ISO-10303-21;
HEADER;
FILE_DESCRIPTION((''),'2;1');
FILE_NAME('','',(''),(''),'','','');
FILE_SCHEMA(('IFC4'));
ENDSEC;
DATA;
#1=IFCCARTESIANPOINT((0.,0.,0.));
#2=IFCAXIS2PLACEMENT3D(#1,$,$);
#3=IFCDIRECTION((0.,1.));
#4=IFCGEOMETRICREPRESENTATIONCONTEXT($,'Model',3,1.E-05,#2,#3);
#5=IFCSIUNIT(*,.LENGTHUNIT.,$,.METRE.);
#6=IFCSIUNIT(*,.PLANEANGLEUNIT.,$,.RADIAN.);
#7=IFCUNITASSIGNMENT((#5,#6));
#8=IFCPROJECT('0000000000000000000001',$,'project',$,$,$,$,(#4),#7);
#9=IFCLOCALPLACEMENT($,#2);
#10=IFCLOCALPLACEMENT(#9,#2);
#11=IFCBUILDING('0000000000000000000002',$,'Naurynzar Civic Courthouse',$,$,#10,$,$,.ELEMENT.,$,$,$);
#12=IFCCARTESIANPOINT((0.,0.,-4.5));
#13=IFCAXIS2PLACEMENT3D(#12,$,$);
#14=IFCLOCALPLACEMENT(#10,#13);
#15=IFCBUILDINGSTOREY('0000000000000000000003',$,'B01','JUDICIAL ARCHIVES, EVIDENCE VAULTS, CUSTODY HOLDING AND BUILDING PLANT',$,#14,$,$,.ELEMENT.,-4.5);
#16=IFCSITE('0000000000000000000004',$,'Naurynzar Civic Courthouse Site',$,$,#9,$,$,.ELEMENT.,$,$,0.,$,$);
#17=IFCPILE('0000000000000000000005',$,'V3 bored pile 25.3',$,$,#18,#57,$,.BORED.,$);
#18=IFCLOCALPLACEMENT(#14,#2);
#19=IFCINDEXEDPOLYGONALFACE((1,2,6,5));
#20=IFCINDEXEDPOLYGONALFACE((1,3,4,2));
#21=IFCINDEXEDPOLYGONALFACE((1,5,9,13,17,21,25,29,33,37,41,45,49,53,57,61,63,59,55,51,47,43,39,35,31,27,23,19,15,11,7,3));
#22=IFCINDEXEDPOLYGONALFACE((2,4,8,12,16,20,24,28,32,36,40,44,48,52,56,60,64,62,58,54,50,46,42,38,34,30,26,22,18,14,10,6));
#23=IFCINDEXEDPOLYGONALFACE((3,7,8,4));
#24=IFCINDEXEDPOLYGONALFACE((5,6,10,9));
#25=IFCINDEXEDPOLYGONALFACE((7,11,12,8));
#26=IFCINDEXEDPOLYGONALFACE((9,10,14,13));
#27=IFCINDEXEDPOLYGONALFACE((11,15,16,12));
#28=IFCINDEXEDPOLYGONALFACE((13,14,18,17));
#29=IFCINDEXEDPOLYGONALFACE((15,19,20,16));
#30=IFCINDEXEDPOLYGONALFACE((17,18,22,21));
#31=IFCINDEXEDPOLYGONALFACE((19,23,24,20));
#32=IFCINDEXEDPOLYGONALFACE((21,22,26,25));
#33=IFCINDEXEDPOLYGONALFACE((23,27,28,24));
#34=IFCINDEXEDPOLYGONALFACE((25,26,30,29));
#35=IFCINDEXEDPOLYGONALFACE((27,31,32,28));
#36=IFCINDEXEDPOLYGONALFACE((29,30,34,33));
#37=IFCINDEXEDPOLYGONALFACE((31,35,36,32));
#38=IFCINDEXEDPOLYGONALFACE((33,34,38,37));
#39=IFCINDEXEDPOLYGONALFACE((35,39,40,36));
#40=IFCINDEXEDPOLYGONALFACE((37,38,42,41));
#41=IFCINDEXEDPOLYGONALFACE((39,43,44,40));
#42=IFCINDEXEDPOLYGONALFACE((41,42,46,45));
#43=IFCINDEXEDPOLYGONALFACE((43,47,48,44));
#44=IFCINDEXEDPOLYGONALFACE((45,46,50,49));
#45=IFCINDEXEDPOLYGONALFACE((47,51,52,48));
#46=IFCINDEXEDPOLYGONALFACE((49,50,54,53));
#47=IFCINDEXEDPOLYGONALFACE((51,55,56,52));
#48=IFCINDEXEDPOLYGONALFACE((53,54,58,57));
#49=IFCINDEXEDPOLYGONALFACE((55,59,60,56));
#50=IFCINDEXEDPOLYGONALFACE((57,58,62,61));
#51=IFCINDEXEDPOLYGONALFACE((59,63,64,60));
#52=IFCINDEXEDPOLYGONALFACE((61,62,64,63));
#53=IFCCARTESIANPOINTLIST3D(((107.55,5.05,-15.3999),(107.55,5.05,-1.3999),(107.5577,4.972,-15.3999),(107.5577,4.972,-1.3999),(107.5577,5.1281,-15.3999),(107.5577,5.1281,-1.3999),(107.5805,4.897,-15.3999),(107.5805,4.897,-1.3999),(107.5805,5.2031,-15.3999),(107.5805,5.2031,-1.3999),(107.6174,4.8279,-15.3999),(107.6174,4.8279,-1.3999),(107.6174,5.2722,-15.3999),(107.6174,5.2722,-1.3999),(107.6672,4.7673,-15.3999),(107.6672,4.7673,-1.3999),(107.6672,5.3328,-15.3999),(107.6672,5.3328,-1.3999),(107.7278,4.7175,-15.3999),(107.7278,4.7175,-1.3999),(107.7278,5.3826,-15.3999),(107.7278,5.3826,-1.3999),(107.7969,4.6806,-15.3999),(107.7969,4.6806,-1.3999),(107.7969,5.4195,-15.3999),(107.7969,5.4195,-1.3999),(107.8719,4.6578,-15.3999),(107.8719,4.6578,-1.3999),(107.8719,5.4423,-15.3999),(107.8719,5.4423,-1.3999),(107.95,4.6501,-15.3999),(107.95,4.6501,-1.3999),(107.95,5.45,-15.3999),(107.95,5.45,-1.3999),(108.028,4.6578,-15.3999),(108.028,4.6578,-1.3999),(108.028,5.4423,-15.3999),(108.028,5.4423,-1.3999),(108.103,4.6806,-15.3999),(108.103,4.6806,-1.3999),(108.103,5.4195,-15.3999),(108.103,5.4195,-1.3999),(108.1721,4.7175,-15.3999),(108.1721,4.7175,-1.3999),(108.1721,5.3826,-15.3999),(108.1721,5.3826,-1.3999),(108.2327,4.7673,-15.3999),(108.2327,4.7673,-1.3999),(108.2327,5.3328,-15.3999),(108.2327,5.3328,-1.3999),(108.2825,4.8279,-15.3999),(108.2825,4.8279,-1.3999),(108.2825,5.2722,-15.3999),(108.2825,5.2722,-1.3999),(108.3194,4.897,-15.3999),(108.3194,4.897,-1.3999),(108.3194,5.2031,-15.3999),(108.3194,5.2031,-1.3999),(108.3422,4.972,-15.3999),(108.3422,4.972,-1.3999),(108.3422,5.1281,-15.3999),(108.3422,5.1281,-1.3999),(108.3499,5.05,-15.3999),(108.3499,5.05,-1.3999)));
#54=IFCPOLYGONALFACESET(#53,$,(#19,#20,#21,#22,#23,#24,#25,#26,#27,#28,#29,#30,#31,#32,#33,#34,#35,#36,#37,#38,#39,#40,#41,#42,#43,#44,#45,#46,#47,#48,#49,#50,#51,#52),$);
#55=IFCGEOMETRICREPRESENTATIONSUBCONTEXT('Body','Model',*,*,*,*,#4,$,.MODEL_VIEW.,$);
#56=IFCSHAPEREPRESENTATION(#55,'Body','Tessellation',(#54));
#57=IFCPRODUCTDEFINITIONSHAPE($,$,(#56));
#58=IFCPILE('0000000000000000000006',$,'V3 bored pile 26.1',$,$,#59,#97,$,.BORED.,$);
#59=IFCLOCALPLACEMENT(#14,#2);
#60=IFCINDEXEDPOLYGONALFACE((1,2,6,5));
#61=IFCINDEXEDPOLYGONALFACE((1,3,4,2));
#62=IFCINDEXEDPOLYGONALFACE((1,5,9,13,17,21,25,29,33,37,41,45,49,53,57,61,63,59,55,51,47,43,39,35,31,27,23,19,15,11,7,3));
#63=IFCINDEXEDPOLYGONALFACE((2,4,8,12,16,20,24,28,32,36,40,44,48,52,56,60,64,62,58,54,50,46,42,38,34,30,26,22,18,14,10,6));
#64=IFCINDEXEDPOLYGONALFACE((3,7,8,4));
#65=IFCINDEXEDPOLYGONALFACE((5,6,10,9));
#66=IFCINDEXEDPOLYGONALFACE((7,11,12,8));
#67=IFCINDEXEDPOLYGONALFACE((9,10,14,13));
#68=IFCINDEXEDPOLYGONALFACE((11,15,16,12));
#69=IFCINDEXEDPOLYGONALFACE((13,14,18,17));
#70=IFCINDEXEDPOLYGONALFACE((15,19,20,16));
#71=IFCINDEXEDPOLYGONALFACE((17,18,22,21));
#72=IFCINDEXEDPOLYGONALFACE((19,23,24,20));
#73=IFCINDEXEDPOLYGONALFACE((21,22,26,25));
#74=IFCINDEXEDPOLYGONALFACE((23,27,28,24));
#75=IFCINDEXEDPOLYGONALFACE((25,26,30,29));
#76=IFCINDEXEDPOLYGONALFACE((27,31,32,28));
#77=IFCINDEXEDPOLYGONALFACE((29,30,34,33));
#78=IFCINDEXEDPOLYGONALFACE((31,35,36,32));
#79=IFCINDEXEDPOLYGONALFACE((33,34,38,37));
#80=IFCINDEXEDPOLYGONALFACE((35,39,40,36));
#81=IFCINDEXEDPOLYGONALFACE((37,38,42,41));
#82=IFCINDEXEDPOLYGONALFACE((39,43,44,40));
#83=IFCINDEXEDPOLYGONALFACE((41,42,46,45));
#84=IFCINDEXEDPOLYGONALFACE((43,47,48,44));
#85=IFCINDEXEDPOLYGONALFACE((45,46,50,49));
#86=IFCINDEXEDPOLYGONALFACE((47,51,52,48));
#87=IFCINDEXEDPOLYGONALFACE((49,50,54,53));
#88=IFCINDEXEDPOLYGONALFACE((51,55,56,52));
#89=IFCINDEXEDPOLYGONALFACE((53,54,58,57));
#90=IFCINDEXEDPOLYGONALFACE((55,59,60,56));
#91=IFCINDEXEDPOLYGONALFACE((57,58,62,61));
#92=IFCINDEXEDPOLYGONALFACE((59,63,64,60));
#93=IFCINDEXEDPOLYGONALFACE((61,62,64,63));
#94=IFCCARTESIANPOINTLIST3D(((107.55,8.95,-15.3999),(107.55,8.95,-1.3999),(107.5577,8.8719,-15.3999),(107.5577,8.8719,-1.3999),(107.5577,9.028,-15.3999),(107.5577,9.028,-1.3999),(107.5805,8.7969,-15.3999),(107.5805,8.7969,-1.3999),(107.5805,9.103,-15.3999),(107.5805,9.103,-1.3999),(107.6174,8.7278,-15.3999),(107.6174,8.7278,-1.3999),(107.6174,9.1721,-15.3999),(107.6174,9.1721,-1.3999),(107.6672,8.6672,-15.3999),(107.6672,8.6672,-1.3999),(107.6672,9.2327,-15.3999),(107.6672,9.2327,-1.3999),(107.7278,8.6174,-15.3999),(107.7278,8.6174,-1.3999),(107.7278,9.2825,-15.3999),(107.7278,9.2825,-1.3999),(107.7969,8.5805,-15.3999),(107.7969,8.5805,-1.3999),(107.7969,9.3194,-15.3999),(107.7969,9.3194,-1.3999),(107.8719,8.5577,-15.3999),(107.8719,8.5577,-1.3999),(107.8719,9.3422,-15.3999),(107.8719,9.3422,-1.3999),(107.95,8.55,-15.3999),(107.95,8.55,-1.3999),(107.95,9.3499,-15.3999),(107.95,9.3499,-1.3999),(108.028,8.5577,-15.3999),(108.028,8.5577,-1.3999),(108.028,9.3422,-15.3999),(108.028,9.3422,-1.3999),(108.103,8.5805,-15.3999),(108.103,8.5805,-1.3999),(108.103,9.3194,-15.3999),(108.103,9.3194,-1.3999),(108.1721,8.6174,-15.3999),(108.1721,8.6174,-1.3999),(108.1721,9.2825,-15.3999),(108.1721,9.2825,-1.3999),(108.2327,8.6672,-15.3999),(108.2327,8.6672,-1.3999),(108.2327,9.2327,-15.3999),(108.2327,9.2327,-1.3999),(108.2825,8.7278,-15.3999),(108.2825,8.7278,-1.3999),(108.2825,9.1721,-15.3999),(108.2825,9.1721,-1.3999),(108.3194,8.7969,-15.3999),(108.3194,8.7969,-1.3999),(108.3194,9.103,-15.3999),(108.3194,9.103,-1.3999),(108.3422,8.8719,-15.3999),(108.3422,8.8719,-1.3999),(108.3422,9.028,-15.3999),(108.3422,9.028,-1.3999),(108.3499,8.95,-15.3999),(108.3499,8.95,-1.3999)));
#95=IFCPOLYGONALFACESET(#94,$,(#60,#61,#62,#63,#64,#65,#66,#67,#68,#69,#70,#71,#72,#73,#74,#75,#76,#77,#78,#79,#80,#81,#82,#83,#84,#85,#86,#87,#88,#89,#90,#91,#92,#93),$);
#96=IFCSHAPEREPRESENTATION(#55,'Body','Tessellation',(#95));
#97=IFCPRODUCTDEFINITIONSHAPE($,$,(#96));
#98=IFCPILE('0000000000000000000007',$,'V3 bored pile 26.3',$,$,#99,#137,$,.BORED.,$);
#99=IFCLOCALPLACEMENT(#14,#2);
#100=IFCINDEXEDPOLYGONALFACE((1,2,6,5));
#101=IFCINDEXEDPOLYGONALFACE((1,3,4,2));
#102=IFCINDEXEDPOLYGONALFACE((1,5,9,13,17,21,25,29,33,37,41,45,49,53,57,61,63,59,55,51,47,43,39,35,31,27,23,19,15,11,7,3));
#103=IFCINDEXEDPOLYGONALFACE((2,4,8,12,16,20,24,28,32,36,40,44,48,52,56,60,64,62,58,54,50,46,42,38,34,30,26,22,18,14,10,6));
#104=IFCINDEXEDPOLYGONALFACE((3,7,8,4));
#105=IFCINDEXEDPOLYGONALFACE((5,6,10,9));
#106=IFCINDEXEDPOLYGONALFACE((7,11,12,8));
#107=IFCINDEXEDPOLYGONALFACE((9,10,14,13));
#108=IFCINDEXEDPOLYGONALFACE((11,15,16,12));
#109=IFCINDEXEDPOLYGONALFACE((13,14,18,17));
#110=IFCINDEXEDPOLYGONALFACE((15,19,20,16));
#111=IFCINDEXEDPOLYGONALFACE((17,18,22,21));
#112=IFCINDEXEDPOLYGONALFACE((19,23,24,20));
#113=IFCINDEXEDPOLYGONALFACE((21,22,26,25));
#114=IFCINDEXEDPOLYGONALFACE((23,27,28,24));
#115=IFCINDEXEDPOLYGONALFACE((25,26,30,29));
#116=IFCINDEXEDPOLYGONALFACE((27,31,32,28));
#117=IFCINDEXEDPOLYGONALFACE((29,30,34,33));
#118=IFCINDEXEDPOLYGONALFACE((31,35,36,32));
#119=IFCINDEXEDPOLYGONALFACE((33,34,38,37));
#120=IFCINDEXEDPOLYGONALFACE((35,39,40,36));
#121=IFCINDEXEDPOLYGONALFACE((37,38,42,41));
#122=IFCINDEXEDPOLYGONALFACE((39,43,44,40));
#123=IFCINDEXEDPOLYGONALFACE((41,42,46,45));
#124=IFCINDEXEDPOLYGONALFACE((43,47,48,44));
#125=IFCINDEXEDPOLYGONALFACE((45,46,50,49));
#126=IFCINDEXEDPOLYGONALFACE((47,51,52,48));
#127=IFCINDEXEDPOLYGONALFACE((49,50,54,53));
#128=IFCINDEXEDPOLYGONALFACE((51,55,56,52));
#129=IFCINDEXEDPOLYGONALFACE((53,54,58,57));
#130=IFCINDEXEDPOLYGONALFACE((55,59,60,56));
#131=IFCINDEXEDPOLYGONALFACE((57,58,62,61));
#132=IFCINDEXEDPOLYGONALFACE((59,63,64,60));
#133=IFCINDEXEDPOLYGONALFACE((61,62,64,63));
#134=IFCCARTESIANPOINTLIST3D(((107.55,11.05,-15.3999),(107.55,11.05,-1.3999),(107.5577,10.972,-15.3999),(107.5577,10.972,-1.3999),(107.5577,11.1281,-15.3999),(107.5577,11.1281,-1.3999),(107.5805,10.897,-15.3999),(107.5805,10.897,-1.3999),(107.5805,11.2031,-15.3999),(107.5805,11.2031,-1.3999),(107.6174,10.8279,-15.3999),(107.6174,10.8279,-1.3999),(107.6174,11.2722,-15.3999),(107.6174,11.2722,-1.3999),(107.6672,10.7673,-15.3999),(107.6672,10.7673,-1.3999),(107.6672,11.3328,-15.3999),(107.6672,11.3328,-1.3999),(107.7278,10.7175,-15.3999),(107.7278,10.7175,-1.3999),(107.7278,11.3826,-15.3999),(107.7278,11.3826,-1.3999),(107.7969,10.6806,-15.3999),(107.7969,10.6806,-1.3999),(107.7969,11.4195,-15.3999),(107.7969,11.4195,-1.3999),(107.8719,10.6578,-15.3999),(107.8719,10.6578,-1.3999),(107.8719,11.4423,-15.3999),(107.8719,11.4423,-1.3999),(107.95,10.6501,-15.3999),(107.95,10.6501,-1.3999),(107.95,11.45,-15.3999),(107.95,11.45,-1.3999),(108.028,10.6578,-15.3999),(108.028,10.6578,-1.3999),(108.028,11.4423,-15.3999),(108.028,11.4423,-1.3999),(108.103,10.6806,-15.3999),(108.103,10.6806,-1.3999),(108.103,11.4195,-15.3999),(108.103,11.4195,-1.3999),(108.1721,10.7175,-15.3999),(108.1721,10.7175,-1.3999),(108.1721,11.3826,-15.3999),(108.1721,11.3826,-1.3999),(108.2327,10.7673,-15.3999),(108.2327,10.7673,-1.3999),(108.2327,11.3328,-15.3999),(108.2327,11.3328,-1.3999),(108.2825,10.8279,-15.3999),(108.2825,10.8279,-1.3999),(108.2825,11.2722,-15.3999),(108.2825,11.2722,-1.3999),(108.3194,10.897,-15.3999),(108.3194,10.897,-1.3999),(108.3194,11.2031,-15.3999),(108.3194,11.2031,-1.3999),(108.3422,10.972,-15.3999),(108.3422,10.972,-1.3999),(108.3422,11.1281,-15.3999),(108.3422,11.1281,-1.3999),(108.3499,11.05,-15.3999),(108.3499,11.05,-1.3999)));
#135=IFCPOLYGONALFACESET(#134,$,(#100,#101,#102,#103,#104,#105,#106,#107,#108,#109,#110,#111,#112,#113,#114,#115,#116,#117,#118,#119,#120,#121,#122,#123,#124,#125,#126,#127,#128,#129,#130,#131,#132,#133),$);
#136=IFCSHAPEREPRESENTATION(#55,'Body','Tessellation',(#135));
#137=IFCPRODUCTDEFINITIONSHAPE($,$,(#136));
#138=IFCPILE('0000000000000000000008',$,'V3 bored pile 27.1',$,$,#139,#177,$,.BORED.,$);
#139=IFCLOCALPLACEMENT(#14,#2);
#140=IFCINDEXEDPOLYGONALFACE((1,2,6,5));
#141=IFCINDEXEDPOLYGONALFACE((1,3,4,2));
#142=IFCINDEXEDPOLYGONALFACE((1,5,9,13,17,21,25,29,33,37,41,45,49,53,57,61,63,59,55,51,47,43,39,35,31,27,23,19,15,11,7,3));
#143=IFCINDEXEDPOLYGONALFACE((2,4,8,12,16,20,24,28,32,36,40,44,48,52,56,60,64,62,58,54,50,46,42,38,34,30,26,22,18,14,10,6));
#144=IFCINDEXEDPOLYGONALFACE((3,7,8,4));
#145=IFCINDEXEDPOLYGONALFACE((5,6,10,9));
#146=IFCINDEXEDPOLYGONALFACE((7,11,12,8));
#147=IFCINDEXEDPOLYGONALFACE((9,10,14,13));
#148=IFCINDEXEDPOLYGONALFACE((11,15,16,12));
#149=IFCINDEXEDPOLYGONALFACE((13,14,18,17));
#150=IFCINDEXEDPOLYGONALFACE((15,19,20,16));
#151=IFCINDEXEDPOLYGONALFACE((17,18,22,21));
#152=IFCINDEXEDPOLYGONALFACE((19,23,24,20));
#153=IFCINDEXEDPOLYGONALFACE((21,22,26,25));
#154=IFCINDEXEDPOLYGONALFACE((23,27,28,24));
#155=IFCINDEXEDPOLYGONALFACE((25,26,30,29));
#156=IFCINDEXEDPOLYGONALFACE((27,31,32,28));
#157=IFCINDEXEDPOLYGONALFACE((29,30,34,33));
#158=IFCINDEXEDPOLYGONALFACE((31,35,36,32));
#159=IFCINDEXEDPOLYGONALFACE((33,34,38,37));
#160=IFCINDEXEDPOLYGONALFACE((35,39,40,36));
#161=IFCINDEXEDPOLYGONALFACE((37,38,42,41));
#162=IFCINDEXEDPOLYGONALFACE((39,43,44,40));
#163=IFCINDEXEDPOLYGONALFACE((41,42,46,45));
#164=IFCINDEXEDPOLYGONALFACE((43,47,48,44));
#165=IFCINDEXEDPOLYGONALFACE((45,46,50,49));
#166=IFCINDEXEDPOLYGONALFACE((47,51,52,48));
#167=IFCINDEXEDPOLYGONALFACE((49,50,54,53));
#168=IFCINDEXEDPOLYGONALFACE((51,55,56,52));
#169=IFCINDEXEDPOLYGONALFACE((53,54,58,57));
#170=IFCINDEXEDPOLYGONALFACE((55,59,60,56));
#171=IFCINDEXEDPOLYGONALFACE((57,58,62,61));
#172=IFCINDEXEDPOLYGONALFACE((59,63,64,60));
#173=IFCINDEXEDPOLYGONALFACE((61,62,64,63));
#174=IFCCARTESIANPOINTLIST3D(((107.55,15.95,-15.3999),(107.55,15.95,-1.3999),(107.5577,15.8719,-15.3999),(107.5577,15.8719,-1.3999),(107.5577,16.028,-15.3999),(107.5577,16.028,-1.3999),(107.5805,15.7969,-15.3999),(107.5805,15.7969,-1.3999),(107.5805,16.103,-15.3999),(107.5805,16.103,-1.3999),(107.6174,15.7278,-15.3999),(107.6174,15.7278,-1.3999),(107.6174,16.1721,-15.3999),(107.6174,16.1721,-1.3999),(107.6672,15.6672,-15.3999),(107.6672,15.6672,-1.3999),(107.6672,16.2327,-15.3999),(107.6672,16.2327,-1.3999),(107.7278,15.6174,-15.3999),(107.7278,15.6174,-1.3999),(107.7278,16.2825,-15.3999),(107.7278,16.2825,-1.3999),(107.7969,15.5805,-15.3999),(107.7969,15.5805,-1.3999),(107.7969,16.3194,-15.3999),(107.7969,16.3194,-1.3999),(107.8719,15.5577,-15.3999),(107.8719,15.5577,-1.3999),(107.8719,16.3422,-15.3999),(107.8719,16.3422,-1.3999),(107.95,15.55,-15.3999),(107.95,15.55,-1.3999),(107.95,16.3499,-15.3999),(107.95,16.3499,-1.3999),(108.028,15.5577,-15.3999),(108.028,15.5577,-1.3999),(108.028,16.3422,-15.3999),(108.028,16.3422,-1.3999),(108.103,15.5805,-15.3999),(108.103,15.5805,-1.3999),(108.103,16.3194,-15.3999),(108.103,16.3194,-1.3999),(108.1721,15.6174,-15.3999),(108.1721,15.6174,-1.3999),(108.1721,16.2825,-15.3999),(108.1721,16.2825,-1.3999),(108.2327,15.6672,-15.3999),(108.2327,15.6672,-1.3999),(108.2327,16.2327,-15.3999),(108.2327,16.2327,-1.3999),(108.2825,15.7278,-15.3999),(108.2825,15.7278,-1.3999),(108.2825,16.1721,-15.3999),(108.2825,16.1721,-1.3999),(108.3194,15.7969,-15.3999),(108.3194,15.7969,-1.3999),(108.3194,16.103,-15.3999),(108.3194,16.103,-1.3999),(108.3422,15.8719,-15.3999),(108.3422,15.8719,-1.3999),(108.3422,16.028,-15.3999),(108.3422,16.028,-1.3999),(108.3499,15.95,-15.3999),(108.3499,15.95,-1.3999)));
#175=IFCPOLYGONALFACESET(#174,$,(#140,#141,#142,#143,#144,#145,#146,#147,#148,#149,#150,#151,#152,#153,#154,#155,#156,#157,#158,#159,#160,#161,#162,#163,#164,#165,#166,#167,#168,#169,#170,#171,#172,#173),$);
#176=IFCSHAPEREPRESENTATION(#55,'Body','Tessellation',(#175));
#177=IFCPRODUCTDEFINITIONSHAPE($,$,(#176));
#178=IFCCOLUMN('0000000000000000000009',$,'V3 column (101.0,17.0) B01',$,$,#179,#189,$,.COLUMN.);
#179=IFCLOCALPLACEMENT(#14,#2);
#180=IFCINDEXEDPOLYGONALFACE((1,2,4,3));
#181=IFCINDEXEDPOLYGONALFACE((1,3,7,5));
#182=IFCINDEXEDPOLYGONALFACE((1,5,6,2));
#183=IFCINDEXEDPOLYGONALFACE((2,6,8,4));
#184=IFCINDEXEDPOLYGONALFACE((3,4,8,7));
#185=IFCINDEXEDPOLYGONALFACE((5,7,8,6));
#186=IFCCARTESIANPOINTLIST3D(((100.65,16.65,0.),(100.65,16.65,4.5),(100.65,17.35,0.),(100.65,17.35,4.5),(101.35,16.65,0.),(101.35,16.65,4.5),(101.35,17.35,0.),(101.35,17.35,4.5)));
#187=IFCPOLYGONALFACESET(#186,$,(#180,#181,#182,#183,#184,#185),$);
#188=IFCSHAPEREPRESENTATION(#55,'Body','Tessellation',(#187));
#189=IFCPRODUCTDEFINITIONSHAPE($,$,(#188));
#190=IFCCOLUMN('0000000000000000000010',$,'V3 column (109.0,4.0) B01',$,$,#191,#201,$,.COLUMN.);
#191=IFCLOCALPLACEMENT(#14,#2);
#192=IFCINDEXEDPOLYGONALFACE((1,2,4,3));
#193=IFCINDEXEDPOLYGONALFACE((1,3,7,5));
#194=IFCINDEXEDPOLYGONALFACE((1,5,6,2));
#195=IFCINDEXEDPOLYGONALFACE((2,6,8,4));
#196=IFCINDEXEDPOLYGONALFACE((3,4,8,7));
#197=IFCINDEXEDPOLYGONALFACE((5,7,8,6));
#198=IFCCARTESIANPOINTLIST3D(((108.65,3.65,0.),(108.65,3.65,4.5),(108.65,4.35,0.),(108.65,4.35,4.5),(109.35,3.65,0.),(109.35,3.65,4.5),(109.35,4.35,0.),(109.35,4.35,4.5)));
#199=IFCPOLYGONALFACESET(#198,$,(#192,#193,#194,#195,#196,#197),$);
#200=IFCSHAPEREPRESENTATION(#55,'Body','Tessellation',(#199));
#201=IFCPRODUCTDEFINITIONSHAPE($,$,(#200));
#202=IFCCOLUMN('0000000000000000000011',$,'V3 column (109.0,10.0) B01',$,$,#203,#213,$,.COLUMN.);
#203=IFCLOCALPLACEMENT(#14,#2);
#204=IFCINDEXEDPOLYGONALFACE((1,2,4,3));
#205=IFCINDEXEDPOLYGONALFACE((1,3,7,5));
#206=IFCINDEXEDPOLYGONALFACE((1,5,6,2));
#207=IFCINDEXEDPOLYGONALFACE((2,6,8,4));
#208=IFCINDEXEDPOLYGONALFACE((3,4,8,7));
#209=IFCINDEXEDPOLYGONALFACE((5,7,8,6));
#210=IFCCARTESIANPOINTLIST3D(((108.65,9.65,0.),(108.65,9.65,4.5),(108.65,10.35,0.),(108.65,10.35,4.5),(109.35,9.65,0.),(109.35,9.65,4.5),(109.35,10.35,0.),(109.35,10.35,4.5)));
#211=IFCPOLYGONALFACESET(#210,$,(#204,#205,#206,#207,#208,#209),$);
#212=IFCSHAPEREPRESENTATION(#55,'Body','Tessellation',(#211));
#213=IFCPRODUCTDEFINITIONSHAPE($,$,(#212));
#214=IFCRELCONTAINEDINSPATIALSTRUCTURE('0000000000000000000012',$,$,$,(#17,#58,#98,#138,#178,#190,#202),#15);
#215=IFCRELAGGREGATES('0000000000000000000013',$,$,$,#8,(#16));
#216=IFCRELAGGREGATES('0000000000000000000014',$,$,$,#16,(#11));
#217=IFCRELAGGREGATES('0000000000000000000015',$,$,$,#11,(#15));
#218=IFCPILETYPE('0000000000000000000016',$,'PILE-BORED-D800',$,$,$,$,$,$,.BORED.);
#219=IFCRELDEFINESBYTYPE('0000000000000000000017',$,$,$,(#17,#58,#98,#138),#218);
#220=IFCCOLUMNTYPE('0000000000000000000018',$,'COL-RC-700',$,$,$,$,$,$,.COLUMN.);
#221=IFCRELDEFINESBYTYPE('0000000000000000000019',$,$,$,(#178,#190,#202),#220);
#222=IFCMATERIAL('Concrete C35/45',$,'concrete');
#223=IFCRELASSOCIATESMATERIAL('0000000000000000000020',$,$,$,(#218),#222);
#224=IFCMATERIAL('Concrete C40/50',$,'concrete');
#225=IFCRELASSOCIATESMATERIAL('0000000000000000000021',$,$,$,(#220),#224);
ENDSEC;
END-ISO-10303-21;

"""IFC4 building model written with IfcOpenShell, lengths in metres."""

from ifc_helpers import new_model, si_unit, direction, frame, origin, origin_2d, place, context, subcontext, project, spatial, rectangle, circle, extrude, material, material_profile, profile_set, type_object, element, save


model = new_model("IFC4")

# Units and contexts
model_context = context("Model", 3, precision=1e-05, world=origin(), true_north=direction((0.0, 1.0)))
body_context = subcontext(model_context, "Body", "Model", "MODEL_VIEW")
ifc_project = project(units=[si_unit("LENGTHUNIT", "METRE"), si_unit("PLANEANGLEUNIT", "RADIAN")], contexts=[model_context])

# Site, building, storey
site_placement = place(None, origin())
site = spatial("IfcSite", under=ifc_project, at=site_placement, Name="Naurynzar Civic Courthouse Site", CompositionType="ELEMENT", RefElevation=0.0)
building_placement = place(site_placement, origin())
building = spatial("IfcBuilding", under=site, at=building_placement, Name="Naurynzar Civic Courthouse", CompositionType="ELEMENT")
storey_placement = place(building_placement, frame((0.0, 0.0, -4.5)))
storey = spatial("IfcBuildingStorey", under=building, at=storey_placement, Name="B01", Description="JUDICIAL ARCHIVES, EVIDENCE VAULTS, CUSTODY HOLDING AND BUILDING PLANT", CompositionType="ELEMENT", Elevation=-4.5)

# Piles
ifc_material_1 = material(Name="Concrete C35/45", Category="concrete")
ifc_material_profile_1 = material_profile(ifc_material_1, circle(Radius=0.3999, at=origin_2d()), Name="PILE D800")
ifc_profile_set_1 = profile_set([ifc_material_profile_1], Name="Concrete C35/45")
pile_type = type_object("IfcPileType", Name="PILE-BORED-D800", PredefinedType="BORED", material=ifc_profile_set_1)
for number, where, z_axis, x_axis, name in (
    (1, (107.95, 5.05, -1.3999), (0.0, 0.0, -1.0), (1.0, 0.0, 0.0), "V3 bored pile 25.3"),
    (2, (107.95, 8.95, -1.3999), (0.0, 0.0, -1.0), (1.0, 0.0, 0.0), "V3 bored pile 26.1"),
    (3, (107.95, 11.05, -1.3999), (0.0, 0.0, -1.0), (1.0, 0.0, 0.0), "V3 bored pile 26.3"),
    (4, (107.95, 15.95, -1.3999), (0.0, 0.0, -1.0), (1.0, 0.0, 0.0), "V3 bored pile 27.1"),
):
    element("IfcPile", number, at=place(storey_placement, frame(where, z_axis=z_axis, x_axis=x_axis)), inside=storey, type_object=pile_type, Name=name, PredefinedType="BORED", context=body_context, shape_type="SweptSolid", body=[
        extrude(circle(Radius=0.3999, at=origin_2d()), origin(), (0.0, 0.0, 1.0), 14.0),
    ])

# Columns
ifc_material_2 = material(Name="Concrete C40/50", Category="concrete")
ifc_material_profile_2 = material_profile(ifc_material_2, rectangle(XDim=0.7, YDim=0.7, at=origin_2d()), Name="RC 700x700")
ifc_profile_set_2 = profile_set([ifc_material_profile_2], Name="Concrete C40/50")
column_type = type_object("IfcColumnType", Name="COL-RC-700", PredefinedType="COLUMN", material=ifc_profile_set_2)
for number, where, z_axis, x_axis, name in (
    (5, (101.0, 17.0, 0.0), (0.0, 0.0, 1.0), (1.0, 0.0, 0.0), "V3 column (101.0,17.0) B01"),
    (6, (109.0, 4.0, 0.0), (0.0, 0.0, 1.0), (1.0, 0.0, 0.0), "V3 column (109.0,4.0) B01"),
    (7, (109.0, 10.0, 0.0), (0.0, 0.0, 1.0), (1.0, 0.0, 0.0), "V3 column (109.0,10.0) B01"),
):
    element("IfcColumn", number, at=place(storey_placement, frame(where, z_axis=z_axis, x_axis=x_axis)), inside=storey, type_object=column_type, Name=name, PredefinedType="COLUMN", context=body_context, shape_type="SweptSolid", body=[
        extrude(rectangle(XDim=0.7, YDim=0.7, at=origin_2d()), origin(), (0.0, 0.0, 1.0), 4.5),
    ])

save(model, "model.ifc")
